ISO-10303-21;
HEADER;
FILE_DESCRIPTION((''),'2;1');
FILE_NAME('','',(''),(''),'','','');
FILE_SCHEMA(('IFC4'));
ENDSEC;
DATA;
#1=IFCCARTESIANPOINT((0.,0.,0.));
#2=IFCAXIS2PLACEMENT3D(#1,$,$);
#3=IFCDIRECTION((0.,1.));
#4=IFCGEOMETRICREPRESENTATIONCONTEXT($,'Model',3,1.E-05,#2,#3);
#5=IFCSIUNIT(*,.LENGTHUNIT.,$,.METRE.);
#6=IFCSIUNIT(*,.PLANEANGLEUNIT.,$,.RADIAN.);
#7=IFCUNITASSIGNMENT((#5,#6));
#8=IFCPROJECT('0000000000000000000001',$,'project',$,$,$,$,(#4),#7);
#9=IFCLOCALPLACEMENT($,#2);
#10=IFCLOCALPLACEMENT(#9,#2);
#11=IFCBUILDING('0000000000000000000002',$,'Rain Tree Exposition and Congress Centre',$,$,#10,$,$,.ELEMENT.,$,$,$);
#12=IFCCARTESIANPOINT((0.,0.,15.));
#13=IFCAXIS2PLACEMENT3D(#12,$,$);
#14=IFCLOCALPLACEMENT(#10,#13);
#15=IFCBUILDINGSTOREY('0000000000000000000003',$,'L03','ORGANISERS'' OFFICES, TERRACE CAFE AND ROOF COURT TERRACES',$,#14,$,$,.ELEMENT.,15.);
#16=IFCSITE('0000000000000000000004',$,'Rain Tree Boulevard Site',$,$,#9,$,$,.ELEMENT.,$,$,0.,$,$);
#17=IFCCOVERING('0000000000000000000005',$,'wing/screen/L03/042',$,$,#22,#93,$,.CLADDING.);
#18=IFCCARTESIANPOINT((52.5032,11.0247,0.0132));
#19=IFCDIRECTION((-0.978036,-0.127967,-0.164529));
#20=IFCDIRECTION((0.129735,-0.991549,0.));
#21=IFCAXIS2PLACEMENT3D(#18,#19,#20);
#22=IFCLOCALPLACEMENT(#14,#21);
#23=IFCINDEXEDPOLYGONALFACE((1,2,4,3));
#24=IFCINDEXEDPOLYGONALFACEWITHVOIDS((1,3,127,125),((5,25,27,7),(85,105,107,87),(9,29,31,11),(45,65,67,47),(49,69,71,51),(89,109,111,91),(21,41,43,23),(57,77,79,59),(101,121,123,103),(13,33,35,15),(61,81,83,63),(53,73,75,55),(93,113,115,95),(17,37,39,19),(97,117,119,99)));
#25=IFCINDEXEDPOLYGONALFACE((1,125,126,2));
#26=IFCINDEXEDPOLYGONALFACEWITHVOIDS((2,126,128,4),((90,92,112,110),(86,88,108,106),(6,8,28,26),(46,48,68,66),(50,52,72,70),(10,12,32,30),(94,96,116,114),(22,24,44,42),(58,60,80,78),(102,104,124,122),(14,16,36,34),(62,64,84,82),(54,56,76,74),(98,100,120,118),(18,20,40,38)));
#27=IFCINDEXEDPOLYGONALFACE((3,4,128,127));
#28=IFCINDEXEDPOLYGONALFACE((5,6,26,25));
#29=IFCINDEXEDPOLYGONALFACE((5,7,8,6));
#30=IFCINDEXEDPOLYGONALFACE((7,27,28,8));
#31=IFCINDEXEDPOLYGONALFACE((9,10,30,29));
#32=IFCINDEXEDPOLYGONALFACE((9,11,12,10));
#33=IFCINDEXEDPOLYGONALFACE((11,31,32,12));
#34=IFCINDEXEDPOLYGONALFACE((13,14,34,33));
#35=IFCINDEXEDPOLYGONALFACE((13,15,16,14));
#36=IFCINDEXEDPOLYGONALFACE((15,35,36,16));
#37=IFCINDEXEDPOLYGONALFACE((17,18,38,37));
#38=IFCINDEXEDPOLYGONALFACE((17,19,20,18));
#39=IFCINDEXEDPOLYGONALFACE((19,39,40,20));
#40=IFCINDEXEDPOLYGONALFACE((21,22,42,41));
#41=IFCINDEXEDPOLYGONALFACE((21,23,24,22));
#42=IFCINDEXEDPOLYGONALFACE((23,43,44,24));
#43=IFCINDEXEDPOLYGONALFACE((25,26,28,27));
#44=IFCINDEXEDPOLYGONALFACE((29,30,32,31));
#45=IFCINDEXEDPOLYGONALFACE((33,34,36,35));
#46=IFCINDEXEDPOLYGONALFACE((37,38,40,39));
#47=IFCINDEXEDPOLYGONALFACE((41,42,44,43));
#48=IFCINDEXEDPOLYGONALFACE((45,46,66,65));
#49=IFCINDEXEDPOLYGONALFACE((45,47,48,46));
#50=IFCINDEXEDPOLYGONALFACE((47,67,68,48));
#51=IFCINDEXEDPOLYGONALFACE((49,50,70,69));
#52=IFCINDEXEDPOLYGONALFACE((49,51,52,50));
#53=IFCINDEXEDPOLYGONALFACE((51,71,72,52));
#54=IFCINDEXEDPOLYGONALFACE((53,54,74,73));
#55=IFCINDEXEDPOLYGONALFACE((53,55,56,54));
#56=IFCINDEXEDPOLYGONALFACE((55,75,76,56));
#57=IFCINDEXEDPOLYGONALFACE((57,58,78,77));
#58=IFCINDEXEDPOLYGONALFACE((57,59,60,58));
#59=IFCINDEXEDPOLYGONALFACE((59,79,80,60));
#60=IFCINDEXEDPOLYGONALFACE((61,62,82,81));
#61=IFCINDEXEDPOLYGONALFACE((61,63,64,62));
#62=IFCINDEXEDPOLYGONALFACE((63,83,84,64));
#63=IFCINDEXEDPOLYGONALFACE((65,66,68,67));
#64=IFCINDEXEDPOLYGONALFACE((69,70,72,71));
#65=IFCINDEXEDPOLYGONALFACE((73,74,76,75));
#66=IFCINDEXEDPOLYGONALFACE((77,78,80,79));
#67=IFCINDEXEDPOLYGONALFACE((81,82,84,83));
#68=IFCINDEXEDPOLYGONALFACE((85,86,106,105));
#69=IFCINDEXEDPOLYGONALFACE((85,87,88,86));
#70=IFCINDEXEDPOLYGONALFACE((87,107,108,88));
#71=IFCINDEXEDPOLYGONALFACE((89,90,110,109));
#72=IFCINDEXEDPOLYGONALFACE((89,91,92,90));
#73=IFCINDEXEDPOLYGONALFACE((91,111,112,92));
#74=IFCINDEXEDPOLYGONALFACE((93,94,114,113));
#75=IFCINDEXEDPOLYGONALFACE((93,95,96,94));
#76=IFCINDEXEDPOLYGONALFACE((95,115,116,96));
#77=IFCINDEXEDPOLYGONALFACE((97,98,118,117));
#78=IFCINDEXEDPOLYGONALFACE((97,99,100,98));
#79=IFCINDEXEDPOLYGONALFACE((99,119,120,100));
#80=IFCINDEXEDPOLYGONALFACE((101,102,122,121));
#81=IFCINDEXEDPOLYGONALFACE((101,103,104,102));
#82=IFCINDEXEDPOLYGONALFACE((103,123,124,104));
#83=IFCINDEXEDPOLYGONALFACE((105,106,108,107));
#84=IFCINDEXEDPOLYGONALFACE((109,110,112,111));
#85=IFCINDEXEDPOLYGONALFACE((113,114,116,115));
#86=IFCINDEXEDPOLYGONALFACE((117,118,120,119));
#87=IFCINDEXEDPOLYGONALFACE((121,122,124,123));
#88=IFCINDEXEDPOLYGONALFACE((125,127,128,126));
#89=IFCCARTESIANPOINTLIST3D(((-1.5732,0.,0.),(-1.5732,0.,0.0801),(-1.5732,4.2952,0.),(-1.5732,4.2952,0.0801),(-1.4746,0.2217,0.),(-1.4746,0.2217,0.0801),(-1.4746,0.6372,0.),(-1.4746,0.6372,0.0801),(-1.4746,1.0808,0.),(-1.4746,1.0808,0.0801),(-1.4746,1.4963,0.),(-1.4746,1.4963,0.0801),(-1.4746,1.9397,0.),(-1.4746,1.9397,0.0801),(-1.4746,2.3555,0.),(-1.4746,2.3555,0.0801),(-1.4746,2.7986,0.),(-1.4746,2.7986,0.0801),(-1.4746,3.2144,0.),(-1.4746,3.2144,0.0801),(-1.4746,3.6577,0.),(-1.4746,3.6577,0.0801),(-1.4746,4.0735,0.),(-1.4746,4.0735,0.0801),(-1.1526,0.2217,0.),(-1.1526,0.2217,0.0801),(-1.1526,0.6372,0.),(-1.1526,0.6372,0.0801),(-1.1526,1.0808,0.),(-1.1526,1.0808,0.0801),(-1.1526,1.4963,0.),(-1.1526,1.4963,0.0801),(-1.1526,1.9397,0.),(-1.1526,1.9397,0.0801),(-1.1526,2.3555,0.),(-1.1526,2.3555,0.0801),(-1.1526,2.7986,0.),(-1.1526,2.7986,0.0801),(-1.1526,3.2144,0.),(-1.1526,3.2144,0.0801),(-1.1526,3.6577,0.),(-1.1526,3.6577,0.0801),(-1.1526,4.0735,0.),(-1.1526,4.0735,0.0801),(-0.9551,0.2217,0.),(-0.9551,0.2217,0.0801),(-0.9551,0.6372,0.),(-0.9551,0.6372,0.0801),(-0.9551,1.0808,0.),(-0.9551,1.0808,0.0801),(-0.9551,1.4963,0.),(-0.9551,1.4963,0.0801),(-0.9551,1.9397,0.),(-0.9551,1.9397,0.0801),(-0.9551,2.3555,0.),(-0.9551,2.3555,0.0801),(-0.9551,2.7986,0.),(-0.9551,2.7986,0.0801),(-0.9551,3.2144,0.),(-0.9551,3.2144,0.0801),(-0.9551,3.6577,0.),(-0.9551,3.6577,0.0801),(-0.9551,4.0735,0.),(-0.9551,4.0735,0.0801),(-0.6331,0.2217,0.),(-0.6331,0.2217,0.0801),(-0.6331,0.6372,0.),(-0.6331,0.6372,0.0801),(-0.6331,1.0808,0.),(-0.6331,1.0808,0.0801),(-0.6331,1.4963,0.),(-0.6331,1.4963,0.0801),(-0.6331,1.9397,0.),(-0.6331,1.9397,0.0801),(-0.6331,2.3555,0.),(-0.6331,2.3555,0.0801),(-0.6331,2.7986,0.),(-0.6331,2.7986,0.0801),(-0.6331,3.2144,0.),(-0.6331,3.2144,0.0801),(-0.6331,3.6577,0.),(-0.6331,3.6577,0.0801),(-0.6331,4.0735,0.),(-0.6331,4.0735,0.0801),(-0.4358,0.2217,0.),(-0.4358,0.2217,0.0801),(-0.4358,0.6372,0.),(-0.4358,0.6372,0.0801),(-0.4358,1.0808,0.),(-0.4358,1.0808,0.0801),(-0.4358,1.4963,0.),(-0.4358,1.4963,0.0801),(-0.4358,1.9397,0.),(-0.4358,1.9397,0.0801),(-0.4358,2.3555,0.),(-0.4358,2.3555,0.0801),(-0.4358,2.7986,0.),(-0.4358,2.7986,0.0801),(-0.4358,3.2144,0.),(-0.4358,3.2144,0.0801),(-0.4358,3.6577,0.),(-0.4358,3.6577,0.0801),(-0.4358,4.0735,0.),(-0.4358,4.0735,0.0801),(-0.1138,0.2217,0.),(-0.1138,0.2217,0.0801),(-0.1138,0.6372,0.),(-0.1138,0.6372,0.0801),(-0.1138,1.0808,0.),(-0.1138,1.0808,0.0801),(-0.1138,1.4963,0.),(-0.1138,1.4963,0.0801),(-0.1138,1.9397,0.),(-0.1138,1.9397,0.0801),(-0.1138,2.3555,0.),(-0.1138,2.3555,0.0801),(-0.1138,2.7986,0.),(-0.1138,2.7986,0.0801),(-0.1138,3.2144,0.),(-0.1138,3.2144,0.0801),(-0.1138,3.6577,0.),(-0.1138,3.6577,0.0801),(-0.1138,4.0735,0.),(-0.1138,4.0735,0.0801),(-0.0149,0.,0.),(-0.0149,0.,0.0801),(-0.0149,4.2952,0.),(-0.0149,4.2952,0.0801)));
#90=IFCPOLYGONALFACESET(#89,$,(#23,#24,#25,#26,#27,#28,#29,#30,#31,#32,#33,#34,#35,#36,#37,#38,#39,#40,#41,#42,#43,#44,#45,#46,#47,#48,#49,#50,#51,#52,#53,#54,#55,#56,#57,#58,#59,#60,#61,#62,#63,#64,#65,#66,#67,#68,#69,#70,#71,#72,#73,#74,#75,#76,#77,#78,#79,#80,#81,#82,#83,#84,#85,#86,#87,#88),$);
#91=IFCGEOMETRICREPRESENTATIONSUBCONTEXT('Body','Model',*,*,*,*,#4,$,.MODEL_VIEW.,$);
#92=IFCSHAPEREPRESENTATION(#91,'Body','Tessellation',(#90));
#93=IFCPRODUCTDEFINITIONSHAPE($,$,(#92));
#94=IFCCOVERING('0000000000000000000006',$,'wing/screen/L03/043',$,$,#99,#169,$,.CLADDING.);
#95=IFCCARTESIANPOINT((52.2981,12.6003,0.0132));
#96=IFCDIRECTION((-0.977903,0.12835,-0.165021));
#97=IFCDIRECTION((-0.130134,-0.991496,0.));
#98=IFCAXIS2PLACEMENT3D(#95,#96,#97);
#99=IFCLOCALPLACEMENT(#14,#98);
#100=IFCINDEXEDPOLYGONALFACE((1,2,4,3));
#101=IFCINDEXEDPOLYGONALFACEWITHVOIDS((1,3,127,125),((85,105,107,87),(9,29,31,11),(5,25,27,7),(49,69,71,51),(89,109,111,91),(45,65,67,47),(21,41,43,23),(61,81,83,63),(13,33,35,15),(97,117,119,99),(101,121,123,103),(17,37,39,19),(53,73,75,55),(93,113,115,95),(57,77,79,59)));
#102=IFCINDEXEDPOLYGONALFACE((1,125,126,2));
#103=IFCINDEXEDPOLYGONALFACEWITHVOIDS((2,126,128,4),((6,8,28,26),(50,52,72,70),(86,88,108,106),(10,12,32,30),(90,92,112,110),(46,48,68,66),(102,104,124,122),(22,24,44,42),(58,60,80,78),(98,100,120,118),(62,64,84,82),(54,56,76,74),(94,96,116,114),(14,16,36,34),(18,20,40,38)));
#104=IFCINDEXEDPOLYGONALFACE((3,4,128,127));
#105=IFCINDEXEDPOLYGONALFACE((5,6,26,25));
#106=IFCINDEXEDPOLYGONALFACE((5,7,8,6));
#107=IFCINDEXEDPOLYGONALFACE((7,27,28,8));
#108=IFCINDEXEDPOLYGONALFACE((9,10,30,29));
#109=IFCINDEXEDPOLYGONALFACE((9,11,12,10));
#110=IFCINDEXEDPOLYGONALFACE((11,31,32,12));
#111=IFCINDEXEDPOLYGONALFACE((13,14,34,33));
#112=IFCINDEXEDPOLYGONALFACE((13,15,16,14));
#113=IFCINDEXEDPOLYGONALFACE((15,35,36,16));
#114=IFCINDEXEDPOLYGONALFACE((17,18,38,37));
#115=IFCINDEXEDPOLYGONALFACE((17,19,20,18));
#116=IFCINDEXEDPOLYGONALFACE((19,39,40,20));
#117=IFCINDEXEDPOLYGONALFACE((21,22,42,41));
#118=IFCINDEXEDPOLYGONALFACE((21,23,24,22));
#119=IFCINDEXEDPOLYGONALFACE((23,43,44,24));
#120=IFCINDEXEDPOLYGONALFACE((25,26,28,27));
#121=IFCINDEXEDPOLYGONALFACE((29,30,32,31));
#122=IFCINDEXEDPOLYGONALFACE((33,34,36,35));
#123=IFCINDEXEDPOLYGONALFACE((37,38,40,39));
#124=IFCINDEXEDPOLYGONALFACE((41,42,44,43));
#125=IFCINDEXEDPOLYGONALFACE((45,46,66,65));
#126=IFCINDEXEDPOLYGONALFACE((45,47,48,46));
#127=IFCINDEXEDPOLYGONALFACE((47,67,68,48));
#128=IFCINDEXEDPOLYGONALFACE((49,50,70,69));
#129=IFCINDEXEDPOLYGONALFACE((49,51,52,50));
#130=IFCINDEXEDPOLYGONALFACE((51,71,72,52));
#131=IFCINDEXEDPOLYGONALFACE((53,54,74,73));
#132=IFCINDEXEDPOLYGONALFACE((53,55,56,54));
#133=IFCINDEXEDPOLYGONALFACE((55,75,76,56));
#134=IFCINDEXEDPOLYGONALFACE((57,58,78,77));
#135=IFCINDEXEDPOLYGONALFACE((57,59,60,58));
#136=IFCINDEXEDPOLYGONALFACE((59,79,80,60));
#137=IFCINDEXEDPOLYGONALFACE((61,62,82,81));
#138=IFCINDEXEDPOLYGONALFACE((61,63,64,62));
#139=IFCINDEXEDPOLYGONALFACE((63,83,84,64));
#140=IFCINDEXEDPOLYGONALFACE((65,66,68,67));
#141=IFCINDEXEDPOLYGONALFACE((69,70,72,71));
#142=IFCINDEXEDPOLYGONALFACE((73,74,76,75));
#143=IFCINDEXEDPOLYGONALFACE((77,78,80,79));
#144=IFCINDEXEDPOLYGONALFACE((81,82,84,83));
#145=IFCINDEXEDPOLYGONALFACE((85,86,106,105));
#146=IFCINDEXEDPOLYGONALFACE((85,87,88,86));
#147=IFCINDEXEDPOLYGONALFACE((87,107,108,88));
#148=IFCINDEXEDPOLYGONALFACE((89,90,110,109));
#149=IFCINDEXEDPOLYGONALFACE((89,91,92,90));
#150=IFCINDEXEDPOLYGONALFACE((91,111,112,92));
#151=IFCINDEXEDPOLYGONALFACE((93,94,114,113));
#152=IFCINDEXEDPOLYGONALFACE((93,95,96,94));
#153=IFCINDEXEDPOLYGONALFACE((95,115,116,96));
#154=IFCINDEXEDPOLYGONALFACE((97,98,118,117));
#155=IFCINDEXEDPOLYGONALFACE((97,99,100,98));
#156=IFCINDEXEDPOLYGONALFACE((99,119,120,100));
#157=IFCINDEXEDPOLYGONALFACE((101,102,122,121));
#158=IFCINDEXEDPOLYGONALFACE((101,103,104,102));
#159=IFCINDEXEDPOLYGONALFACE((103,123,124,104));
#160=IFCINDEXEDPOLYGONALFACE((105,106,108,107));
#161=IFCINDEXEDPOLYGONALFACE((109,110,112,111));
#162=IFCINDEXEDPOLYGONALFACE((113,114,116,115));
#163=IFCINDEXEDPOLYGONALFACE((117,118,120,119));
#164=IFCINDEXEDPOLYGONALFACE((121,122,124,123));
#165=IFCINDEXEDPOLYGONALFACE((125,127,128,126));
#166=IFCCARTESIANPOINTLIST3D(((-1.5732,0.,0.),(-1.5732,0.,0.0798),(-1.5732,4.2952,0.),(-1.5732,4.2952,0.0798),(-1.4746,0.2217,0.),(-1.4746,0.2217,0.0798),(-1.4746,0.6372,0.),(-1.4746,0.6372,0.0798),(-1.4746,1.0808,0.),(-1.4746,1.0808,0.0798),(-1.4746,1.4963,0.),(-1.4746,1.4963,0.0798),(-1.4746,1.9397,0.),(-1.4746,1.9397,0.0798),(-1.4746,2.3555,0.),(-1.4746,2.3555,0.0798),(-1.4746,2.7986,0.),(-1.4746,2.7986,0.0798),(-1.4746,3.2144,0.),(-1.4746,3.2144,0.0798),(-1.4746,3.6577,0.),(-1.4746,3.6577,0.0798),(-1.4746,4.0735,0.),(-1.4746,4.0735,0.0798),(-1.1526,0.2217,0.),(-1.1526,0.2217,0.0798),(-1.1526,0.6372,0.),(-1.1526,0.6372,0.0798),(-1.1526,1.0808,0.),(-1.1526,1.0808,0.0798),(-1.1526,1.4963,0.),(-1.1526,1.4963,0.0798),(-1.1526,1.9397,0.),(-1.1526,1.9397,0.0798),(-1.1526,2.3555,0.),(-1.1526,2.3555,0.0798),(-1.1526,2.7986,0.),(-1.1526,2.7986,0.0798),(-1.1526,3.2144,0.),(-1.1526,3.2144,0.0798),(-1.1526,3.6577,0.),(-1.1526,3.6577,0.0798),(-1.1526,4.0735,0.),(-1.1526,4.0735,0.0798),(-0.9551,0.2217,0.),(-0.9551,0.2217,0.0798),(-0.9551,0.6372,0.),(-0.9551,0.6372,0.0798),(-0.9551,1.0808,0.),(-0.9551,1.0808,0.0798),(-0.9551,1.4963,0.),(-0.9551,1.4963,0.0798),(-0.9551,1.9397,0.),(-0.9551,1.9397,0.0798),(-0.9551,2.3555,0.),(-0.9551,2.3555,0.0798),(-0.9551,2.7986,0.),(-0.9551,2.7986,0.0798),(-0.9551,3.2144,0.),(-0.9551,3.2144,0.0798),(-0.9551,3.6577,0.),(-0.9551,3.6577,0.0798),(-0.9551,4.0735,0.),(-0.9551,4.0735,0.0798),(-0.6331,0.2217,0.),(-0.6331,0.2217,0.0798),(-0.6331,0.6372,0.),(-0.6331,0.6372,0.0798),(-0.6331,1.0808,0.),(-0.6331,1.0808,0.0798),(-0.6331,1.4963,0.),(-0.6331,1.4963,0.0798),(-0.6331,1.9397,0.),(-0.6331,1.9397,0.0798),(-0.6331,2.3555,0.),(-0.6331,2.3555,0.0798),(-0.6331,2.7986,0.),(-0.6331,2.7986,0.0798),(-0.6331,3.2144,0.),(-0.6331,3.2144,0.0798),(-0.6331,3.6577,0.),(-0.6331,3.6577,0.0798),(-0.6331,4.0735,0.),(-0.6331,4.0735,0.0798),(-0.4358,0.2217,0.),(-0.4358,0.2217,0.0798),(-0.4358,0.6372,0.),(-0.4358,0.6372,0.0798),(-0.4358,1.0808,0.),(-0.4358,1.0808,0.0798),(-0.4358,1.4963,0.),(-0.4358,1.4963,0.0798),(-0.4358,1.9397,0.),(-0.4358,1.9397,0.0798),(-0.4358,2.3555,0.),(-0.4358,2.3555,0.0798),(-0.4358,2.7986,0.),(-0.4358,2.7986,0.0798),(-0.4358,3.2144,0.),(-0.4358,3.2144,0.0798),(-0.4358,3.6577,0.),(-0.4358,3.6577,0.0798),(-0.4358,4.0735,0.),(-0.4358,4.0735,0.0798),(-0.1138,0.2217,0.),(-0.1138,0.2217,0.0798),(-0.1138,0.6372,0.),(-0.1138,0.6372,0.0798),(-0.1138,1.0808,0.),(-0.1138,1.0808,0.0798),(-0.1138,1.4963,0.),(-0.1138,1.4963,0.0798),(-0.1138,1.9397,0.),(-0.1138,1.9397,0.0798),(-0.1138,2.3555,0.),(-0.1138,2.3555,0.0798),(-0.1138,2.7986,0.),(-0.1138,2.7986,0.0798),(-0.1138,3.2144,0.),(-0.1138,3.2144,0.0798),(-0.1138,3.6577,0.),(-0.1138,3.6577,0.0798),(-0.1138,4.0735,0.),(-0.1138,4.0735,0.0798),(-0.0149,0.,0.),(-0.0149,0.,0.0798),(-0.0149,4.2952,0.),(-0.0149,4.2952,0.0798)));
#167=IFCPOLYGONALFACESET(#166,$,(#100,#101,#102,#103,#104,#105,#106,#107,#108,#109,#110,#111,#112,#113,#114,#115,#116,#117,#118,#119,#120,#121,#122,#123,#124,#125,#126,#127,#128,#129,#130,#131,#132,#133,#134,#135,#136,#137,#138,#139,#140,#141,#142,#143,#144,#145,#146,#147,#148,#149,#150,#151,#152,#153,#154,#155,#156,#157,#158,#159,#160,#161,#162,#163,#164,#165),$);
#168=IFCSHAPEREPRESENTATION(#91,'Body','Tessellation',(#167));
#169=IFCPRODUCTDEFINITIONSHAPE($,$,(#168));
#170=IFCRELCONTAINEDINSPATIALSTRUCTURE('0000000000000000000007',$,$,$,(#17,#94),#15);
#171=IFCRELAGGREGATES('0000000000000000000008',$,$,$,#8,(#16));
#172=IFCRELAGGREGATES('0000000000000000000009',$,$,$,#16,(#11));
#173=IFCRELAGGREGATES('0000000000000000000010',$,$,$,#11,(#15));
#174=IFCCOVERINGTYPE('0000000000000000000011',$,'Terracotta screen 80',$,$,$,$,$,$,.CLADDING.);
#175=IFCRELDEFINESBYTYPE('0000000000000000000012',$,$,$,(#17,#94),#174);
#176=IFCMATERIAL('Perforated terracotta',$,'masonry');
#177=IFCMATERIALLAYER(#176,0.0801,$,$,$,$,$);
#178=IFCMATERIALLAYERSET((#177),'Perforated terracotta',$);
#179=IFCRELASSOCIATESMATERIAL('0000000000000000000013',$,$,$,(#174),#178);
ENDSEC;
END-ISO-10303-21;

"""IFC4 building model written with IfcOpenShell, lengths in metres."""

from ifc_helpers import new_model, si_unit, direction, frame, origin, place, context, subcontext, project, spatial, polyline, outline, extrude, material, layer, layer_set, type_object, element, save


model = new_model("IFC4")

# Units and contexts
model_context = context("Model", 3, precision=1e-05, world=origin(), true_north=direction((0.0, 1.0)))
body_context = subcontext(model_context, "Body", "Model", "MODEL_VIEW")
ifc_project = project(units=[si_unit("LENGTHUNIT", "METRE"), si_unit("PLANEANGLEUNIT", "RADIAN")], contexts=[model_context])

# Site, building, storey
site_placement = place(None, origin())
site = spatial("IfcSite", under=ifc_project, at=site_placement, Name="Rain Tree Boulevard Site", CompositionType="ELEMENT", RefElevation=0.0)
building_placement = place(site_placement, origin())
building = spatial("IfcBuilding", under=site, at=building_placement, Name="Rain Tree Exposition and Congress Centre", CompositionType="ELEMENT")
storey_placement = place(building_placement, frame((0.0, 0.0, 15.0)))
storey = spatial("IfcBuildingStorey", under=building, at=storey_placement, Name="L03", Description="ORGANISERS' OFFICES, TERRACE CAFE AND ROOF COURT TERRACES", CompositionType="ELEMENT", Elevation=15.0)

# Coverings
ifc_material_1 = material(Name="Perforated terracotta", Category="masonry")
ifc_layer = layer(ifc_material_1, 0.0801)
ifc_layer_set = layer_set([ifc_layer], Name="Perforated terracotta")
covering_type = type_object("IfcCoveringType", Name="Terracotta screen 80", PredefinedType="CLADDING", material=ifc_layer_set)
covering_1_placement = place(storey_placement, frame((52.5032, 11.0247, 0.0132), z_axis=(-0.978036, -0.127967, -0.164529), x_axis=(0.129735, -0.991549, 0.0)))
element("IfcCovering", 1, at=covering_1_placement, inside=storey, type_object=covering_type, Name="wing/screen/L03/042", PredefinedType="CLADDING", context=body_context, shape_type="SweptSolid", body=[
    extrude(outline(polyline([(-1.5732, 0.0), (-1.5732, 4.2952), (-0.0149, 4.2952), (-0.0149, 0.0), (-1.5732, 0.0)]), holes=[polyline([(-0.1138, 0.2217), (-0.1138, 0.6372), (-0.4358, 0.6372), (-0.4358, 0.2217), (-0.1138, 0.2217)]), polyline([(-0.1138, 1.0808), (-0.1138, 1.4963), (-0.4358, 1.4963), (-0.4358, 1.0808), (-0.1138, 1.0808)]), polyline([(-0.1138, 1.9397), (-0.1138, 2.3555), (-0.4358, 2.3555), (-0.4358, 1.9397), (-0.1138, 1.9397)]), polyline([(-0.1138, 2.7986), (-0.1138, 3.2144), (-0.4358, 3.2144), (-0.4358, 2.7986), (-0.1138, 2.7986)]), polyline([(-0.1138, 3.6577), (-0.1138, 4.0735), (-0.4358, 4.0735), (-0.4358, 3.6577), (-0.1138, 3.6577)]), polyline([(-0.6331, 0.2217), (-0.6331, 0.6372), (-0.9551, 0.6372), (-0.9551, 0.2217), (-0.6331, 0.2217)]), polyline([(-0.6331, 1.0808), (-0.6331, 1.4963), (-0.9551, 1.4963), (-0.9551, 1.0808), (-0.6331, 1.0808)]), polyline([(-0.6331, 1.9397), (-0.6331, 2.3555), (-0.9551, 2.3555), (-0.9551, 1.9397), (-0.6331, 1.9397)]), polyline([(-0.6331, 2.7986), (-0.6331, 3.2144), (-0.9551, 3.2144), (-0.9551, 2.7986), (-0.6331, 2.7986)]), polyline([(-0.6331, 3.6577), (-0.6331, 4.0735), (-0.9551, 4.0735), (-0.9551, 3.6577), (-0.6331, 3.6577)]), polyline([(-1.1526, 0.2217), (-1.1526, 0.6372), (-1.4746, 0.6372), (-1.4746, 0.2217), (-1.1526, 0.2217)]), polyline([(-1.1526, 1.0808), (-1.1526, 1.4963), (-1.4746, 1.4963), (-1.4746, 1.0808), (-1.1526, 1.0808)]), polyline([(-1.1526, 1.9397), (-1.1526, 2.3555), (-1.4746, 2.3555), (-1.4746, 1.9397), (-1.1526, 1.9397)]), polyline([(-1.1526, 2.7986), (-1.1526, 3.2144), (-1.4746, 3.2144), (-1.4746, 2.7986), (-1.1526, 2.7986)]), polyline([(-1.1526, 3.6577), (-1.1526, 4.0735), (-1.4746, 4.0735), (-1.4746, 3.6577), (-1.1526, 3.6577)])]), origin(), (0.0, 0.0, 1.0), 0.0801),
])
covering_2_placement = place(storey_placement, frame((52.2981, 12.6003, 0.0132), z_axis=(-0.977903, 0.12835, -0.165021), x_axis=(-0.130134, -0.991496, 0.0)))
element("IfcCovering", 2, at=covering_2_placement, inside=storey, type_object=covering_type, Name="wing/screen/L03/043", PredefinedType="CLADDING", context=body_context, shape_type="SweptSolid", body=[
    extrude(outline(polyline([(-1.5732, 0.0), (-1.5732, 4.2952), (-0.0149, 4.2952), (-0.0149, 0.0), (-1.5732, 0.0)]), holes=[polyline([(-0.1138, 0.2217), (-0.1138, 0.6372), (-0.4358, 0.6372), (-0.4358, 0.2217), (-0.1138, 0.2217)]), polyline([(-0.1138, 1.0808), (-0.1138, 1.4963), (-0.4358, 1.4963), (-0.4358, 1.0808), (-0.1138, 1.0808)]), polyline([(-0.1138, 1.9397), (-0.1138, 2.3555), (-0.4358, 2.3555), (-0.4358, 1.9397), (-0.1138, 1.9397)]), polyline([(-0.1138, 2.7986), (-0.1138, 3.2144), (-0.4358, 3.2144), (-0.4358, 2.7986), (-0.1138, 2.7986)]), polyline([(-0.1138, 3.6577), (-0.1138, 4.0735), (-0.4358, 4.0735), (-0.4358, 3.6577), (-0.1138, 3.6577)]), polyline([(-0.6331, 0.2217), (-0.6331, 0.6372), (-0.9551, 0.6372), (-0.9551, 0.2217), (-0.6331, 0.2217)]), polyline([(-0.6331, 1.0808), (-0.6331, 1.4963), (-0.9551, 1.4963), (-0.9551, 1.0808), (-0.6331, 1.0808)]), polyline([(-0.6331, 1.9397), (-0.6331, 2.3555), (-0.9551, 2.3555), (-0.9551, 1.9397), (-0.6331, 1.9397)]), polyline([(-0.6331, 2.7986), (-0.6331, 3.2144), (-0.9551, 3.2144), (-0.9551, 2.7986), (-0.6331, 2.7986)]), polyline([(-0.6331, 3.6577), (-0.6331, 4.0735), (-0.9551, 4.0735), (-0.9551, 3.6577), (-0.6331, 3.6577)]), polyline([(-1.1526, 0.2217), (-1.1526, 0.6372), (-1.4746, 0.6372), (-1.4746, 0.2217), (-1.1526, 0.2217)]), polyline([(-1.1526, 1.0808), (-1.1526, 1.4963), (-1.4746, 1.4963), (-1.4746, 1.0808), (-1.1526, 1.0808)]), polyline([(-1.1526, 1.9397), (-1.1526, 2.3555), (-1.4746, 2.3555), (-1.4746, 1.9397), (-1.1526, 1.9397)]), polyline([(-1.1526, 2.7986), (-1.1526, 3.2144), (-1.4746, 3.2144), (-1.4746, 2.7986), (-1.1526, 2.7986)]), polyline([(-1.1526, 3.6577), (-1.1526, 4.0735), (-1.4746, 4.0735), (-1.4746, 3.6577), (-1.1526, 3.6577)])]), origin(), (0.0, 0.0, 1.0), 0.0798),
])

save(model, "model.ifc")
